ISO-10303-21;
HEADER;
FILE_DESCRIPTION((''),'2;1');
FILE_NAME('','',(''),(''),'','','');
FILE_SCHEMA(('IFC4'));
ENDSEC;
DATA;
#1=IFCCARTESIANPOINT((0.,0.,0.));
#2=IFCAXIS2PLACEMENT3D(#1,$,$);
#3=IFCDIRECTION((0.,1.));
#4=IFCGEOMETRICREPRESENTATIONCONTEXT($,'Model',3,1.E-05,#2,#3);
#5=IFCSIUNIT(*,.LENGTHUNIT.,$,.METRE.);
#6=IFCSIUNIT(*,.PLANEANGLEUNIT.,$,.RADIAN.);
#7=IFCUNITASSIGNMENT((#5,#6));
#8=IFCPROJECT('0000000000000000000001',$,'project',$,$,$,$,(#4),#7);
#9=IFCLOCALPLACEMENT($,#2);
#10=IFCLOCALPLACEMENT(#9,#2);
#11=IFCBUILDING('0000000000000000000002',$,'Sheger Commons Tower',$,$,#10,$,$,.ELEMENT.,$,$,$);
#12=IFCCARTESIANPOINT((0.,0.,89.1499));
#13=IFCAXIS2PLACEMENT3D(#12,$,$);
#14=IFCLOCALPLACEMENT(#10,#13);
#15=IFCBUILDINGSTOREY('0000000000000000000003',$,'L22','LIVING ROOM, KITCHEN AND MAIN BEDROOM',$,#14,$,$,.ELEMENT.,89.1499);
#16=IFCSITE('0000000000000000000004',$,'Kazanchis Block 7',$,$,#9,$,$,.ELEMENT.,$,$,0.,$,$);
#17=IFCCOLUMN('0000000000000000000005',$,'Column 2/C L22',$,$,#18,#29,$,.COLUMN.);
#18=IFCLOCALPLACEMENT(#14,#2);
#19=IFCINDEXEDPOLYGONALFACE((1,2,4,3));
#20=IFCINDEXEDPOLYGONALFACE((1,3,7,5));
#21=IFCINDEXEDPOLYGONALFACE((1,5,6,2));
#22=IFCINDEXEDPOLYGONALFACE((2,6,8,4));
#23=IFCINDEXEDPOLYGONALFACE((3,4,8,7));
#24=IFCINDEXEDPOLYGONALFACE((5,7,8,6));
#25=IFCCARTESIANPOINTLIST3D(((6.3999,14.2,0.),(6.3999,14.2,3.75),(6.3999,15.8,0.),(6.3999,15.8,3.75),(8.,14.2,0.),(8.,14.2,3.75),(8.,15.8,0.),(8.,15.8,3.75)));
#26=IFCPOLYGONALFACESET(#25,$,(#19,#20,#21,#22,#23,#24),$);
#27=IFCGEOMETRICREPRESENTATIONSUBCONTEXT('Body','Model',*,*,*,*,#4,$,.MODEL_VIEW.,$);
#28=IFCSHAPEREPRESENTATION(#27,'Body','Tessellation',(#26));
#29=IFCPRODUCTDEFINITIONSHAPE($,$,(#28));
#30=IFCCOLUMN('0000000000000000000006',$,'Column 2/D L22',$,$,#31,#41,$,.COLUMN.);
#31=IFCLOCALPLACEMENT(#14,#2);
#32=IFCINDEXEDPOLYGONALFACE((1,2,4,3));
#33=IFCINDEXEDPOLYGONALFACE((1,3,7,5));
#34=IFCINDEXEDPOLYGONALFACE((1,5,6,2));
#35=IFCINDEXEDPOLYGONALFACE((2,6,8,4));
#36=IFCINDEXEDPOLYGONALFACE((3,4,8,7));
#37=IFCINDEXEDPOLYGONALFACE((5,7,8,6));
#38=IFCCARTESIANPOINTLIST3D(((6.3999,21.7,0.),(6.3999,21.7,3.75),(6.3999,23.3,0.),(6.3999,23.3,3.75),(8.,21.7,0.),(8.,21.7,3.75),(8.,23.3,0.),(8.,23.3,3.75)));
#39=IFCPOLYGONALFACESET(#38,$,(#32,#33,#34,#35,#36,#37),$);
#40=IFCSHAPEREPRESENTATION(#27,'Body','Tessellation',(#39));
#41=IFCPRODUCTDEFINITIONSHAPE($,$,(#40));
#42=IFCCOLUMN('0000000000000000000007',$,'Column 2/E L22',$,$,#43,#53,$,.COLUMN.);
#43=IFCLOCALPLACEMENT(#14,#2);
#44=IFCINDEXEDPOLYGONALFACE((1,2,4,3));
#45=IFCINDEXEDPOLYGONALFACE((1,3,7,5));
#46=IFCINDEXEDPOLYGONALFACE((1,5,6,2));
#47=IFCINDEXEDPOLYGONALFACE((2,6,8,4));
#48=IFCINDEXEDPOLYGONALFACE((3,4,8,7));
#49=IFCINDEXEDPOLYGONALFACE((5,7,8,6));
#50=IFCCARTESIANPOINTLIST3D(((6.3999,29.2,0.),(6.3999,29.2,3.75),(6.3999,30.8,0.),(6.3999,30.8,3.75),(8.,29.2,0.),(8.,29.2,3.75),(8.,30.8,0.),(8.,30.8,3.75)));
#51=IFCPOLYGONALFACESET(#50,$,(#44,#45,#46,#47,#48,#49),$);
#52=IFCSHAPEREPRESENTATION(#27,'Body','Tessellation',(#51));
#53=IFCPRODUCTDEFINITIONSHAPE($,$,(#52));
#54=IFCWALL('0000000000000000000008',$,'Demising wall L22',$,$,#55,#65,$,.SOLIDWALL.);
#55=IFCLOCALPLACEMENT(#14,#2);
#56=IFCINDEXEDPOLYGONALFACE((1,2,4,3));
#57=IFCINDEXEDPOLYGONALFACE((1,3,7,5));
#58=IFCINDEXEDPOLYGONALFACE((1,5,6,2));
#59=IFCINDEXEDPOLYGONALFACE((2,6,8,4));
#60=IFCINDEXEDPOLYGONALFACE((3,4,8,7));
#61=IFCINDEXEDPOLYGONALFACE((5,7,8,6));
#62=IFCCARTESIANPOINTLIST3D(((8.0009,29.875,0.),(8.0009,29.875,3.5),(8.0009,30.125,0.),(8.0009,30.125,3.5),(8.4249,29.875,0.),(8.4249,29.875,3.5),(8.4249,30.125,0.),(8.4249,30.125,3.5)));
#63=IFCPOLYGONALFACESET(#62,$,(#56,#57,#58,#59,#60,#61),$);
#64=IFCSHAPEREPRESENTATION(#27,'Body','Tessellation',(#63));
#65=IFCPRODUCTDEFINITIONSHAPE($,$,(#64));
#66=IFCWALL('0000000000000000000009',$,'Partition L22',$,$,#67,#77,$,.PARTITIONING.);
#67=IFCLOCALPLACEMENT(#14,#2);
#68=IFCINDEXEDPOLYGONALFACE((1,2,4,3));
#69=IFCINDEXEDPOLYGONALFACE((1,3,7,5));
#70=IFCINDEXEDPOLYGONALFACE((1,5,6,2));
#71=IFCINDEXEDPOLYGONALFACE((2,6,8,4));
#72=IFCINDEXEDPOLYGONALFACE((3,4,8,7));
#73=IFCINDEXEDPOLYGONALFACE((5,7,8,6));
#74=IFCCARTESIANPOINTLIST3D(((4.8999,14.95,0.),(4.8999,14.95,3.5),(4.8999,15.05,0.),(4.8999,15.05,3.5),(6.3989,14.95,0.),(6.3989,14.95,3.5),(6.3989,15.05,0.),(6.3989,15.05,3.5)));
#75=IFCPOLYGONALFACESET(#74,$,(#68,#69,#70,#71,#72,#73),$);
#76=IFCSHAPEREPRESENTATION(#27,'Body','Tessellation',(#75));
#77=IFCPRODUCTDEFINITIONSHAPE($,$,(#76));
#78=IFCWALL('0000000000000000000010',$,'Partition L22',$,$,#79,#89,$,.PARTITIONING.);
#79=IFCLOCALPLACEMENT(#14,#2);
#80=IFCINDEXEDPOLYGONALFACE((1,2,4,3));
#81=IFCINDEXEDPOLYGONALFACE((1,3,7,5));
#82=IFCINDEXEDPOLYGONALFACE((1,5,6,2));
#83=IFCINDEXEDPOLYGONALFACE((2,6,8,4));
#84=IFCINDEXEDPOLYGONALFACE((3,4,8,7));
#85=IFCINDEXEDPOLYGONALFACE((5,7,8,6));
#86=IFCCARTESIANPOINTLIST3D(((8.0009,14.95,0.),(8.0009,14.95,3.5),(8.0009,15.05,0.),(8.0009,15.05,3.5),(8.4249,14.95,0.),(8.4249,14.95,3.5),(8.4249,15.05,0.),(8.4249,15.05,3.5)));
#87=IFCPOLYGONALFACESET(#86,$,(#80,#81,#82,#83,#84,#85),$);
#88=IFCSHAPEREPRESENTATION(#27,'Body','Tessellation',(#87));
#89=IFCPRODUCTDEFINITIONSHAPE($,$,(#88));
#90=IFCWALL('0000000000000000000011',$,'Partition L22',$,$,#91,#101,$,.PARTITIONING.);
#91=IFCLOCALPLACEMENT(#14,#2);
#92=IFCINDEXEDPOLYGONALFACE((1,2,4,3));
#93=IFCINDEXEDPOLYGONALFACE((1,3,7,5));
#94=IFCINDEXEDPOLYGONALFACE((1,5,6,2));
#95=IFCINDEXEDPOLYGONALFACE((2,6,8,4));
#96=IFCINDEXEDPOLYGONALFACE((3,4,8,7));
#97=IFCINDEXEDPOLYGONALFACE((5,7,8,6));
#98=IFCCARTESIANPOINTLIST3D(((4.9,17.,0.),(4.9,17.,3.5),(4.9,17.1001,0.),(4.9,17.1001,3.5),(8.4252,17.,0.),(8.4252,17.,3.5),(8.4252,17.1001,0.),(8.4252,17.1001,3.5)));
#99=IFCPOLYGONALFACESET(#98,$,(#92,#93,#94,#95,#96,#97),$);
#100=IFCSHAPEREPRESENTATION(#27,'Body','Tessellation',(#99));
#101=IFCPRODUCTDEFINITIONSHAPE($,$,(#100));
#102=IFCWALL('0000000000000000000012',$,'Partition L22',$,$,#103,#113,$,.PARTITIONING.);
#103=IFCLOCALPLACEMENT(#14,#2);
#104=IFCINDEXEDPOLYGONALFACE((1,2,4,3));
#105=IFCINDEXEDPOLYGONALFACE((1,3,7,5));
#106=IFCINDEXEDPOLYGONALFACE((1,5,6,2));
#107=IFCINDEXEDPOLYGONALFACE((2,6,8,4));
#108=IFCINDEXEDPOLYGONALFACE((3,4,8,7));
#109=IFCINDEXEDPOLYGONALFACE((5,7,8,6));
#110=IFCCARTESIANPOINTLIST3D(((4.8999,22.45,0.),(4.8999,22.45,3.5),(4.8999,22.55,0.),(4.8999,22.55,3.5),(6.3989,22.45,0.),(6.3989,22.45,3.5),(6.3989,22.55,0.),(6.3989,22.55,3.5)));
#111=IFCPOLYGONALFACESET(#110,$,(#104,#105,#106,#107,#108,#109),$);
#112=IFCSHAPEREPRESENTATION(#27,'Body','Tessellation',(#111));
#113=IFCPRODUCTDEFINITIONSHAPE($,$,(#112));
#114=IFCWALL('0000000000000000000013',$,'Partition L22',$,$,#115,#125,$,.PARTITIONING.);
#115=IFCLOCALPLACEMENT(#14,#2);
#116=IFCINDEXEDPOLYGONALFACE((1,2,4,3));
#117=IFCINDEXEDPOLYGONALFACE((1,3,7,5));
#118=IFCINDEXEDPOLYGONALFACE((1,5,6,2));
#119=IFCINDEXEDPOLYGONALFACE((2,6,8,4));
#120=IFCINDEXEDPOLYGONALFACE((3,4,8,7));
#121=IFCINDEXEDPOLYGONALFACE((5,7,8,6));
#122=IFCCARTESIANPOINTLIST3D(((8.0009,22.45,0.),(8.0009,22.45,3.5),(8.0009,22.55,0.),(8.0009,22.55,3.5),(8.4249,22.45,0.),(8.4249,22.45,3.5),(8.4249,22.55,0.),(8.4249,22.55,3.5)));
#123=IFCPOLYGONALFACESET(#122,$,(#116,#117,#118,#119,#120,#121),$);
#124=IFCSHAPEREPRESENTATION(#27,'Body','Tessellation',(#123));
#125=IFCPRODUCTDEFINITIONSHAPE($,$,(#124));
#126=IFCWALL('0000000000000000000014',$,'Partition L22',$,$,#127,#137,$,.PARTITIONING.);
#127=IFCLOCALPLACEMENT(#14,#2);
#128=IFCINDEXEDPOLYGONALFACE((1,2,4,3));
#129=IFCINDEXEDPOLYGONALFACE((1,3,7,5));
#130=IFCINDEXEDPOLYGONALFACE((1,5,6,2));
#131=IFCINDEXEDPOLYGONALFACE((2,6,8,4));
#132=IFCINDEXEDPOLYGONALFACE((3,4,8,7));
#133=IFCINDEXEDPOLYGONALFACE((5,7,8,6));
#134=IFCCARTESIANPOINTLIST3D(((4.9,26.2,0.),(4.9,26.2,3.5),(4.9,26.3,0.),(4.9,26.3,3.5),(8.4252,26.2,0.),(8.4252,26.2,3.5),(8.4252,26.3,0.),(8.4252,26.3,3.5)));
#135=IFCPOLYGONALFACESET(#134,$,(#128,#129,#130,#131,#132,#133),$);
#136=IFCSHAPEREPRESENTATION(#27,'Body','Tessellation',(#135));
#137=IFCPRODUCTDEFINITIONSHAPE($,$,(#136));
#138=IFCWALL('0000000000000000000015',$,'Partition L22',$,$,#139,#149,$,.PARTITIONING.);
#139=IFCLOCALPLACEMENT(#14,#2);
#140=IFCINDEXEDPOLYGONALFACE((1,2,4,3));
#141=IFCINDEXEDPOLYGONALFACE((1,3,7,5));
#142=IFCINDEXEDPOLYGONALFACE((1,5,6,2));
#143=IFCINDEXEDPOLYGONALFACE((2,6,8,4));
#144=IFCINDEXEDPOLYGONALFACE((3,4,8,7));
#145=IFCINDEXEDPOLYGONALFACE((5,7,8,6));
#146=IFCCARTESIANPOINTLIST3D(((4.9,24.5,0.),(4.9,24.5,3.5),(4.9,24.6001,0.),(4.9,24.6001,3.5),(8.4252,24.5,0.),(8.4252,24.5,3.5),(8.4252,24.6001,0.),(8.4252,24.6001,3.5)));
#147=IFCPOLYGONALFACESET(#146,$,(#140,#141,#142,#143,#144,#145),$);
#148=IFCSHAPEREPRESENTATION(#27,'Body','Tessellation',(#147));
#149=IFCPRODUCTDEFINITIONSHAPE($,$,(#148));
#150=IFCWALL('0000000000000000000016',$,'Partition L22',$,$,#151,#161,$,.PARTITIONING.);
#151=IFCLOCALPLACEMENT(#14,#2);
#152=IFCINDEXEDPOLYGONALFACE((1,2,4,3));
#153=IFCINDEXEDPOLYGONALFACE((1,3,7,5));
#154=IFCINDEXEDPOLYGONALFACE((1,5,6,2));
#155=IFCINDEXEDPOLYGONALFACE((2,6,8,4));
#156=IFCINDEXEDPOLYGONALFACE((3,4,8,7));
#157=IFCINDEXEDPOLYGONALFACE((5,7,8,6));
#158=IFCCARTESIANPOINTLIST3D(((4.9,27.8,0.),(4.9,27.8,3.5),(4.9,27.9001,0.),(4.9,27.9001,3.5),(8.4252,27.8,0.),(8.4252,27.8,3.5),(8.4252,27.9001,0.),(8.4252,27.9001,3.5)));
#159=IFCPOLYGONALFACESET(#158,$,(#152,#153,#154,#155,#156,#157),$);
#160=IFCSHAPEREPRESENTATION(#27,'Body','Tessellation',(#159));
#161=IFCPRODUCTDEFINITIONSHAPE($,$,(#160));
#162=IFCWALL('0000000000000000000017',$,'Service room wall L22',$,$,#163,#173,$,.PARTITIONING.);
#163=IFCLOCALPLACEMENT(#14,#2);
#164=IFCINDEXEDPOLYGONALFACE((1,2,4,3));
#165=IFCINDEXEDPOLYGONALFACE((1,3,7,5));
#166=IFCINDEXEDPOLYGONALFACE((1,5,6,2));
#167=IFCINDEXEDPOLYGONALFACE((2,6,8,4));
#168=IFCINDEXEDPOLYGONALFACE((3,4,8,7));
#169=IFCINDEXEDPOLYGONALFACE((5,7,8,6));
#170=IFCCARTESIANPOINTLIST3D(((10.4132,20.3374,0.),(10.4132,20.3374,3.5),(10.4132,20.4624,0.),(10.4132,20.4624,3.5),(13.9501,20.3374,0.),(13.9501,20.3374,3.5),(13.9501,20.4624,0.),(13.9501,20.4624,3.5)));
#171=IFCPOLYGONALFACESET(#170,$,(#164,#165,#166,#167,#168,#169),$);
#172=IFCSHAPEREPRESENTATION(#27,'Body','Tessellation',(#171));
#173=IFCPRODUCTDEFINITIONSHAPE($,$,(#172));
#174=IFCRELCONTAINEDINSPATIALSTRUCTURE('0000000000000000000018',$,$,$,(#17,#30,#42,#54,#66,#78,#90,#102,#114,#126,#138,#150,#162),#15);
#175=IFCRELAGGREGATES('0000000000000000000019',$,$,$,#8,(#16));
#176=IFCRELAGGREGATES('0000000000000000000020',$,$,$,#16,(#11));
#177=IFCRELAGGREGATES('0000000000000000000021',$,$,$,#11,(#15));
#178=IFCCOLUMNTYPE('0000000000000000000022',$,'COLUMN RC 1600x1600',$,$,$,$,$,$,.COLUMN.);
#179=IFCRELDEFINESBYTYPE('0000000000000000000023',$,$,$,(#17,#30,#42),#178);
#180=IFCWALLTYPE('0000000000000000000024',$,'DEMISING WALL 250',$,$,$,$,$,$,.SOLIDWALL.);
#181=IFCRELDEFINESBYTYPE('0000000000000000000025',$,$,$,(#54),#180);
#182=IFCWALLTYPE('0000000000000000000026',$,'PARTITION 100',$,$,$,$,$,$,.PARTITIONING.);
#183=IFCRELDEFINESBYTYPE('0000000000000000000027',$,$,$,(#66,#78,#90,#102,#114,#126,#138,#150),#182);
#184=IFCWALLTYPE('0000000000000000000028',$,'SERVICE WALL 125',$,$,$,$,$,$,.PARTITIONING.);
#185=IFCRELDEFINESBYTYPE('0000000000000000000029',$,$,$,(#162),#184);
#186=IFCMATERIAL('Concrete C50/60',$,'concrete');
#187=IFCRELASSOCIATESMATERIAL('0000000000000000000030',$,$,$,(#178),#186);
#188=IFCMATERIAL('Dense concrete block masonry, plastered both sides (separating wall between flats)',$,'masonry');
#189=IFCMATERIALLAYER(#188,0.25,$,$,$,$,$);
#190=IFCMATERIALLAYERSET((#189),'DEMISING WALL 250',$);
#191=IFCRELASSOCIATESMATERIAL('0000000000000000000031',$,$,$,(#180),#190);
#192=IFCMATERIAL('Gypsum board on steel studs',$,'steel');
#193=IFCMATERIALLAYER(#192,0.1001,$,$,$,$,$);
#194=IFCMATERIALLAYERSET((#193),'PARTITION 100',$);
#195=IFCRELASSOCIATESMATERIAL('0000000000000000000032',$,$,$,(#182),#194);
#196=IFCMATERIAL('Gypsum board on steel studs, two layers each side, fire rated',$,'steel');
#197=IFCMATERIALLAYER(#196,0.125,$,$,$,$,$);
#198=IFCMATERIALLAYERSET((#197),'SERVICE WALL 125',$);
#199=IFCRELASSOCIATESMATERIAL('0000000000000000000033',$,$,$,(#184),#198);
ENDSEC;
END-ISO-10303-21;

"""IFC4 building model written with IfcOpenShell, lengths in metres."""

from ifc_helpers import new_model, si_unit, direction, frame, frame_2d, origin, origin_2d, place, context, subcontext, project, spatial, rectangle, extrude, material, layer, layer_set, material_profile, profile_set, type_object, element, save


model = new_model("IFC4")

# Units and contexts
model_context = context("Model", 3, precision=1e-05, world=origin(), true_north=direction((0.0, 1.0)))
body_context = subcontext(model_context, "Body", "Model", "MODEL_VIEW")
ifc_project = project(units=[si_unit("LENGTHUNIT", "METRE"), si_unit("PLANEANGLEUNIT", "RADIAN")], contexts=[model_context])

# Site, building, storey
site_placement = place(None, origin())
site = spatial("IfcSite", under=ifc_project, at=site_placement, Name="Kazanchis Block 7", CompositionType="ELEMENT", RefElevation=0.0)
building_placement = place(site_placement, origin())
building = spatial("IfcBuilding", under=site, at=building_placement, Name="Sheger Commons Tower", CompositionType="ELEMENT")
storey_placement = place(building_placement, frame((0.0, 0.0, 89.1499)))
storey = spatial("IfcBuildingStorey", under=building, at=storey_placement, Name="L22", Description="LIVING ROOM, KITCHEN AND MAIN BEDROOM", CompositionType="ELEMENT", Elevation=89.1499)

# Columns
ifc_material_1 = material(Name="Concrete C50/60", Category="concrete")
ifc_material_profile = material_profile(ifc_material_1, rectangle(XDim=1.6001, YDim=1.6001, at=origin_2d()), Name="RC 1600x1600")
ifc_profile_set = profile_set([ifc_material_profile], Name="Concrete C50/60")
column_type = type_object("IfcColumnType", Name="COLUMN RC 1600x1600", PredefinedType="COLUMN", material=ifc_profile_set)
for number, where, z_axis, x_axis, name in (
    (1, (7.2, 15.0, 0.0), (0.0, 0.0, 1.0), (1.0, 0.0, 0.0), "Column 2/C L22"),
    (2, (7.2, 22.5, 0.0), (0.0, 0.0, 1.0), (1.0, 0.0, 0.0), "Column 2/D L22"),
    (3, (7.2, 30.0, 0.0), (0.0, 0.0, 1.0), (1.0, 0.0, 0.0), "Column 2/E L22"),
):
    element("IfcColumn", number, at=place(storey_placement, frame(where, z_axis=z_axis, x_axis=x_axis)), inside=storey, type_object=column_type, Name=name, PredefinedType="COLUMN", context=body_context, shape_type="SweptSolid", body=[
        extrude(rectangle(XDim=1.6001, YDim=1.6001, at=origin_2d()), origin(), (0.0, 0.0, 1.0), 3.75),
    ])

# Walls
ifc_material_2 = material(Name="Dense concrete block masonry, plastered both sides (separating wall between flats)", Category="masonry")
ifc_layer_1 = layer(ifc_material_2, 0.25)
ifc_layer_set_1 = layer_set([ifc_layer_1], Name="DEMISING WALL 250")
wall_type_1 = type_object("IfcWallType", Name="DEMISING WALL 250", PredefinedType="SOLIDWALL", material=ifc_layer_set_1)
wall_1_placement = place(storey_placement, frame((8.001, 30.0, 0.0), z_axis=(0.0, 0.0, 1.0), x_axis=(1.0, 0.0, 0.0)))
element("IfcWall", 4, at=wall_1_placement, inside=storey, type_object=wall_type_1, Name="Demising wall L22", PredefinedType="SOLIDWALL", context=body_context, shape_type="SweptSolid", body=[
    extrude(rectangle(XDim=0.4241, YDim=0.25, at=frame_2d((0.2119, 0.0))), origin(), (0.0, 0.0, 1.0), 3.5),
])
ifc_material_3 = material(Name="Gypsum board on steel studs", Category="steel")
ifc_layer_2 = layer(ifc_material_3, 0.1001)
ifc_layer_set_2 = layer_set([ifc_layer_2], Name="PARTITION 100")
wall_type_2 = type_object("IfcWallType", Name="PARTITION 100", PredefinedType="PARTITIONING", material=ifc_layer_set_2)
wall_2_placement = place(storey_placement, frame((4.8999, 15.0, 0.0), z_axis=(0.0, 0.0, 1.0), x_axis=(1.0, 0.0, 0.0)))
element("IfcWall", 5, at=wall_2_placement, inside=storey, type_object=wall_type_2, Name="Partition L22", PredefinedType="PARTITIONING", context=body_context, shape_type="SweptSolid", body=[
    extrude(rectangle(XDim=1.499, YDim=0.1001, at=frame_2d((0.7495, 0.0))), origin(), (0.0, 0.0, 1.0), 3.5),
])
wall_3_placement = place(storey_placement, frame((8.001, 15.0, 0.0), z_axis=(0.0, 0.0, 1.0), x_axis=(1.0, 0.0, 0.0)))
element("IfcWall", 6, at=wall_3_placement, inside=storey, type_object=wall_type_2, Name="Partition L22", PredefinedType="PARTITIONING", context=body_context, shape_type="SweptSolid", body=[
    extrude(rectangle(XDim=0.4241, YDim=0.1001, at=frame_2d((0.2119, 0.0))), origin(), (0.0, 0.0, 1.0), 3.5),
])
wall_4_placement = place(storey_placement, frame((4.8999, 17.05, 0.0), z_axis=(0.0, 0.0, 1.0), x_axis=(1.0, 0.0, 0.0)))
element("IfcWall", 7, at=wall_4_placement, inside=storey, type_object=wall_type_2, Name="Partition L22", PredefinedType="PARTITIONING", context=body_context, shape_type="SweptSolid", body=[
    extrude(rectangle(XDim=3.5251, YDim=0.1001, at=frame_2d((1.7627, 0.0))), origin(), (0.0, 0.0, 1.0), 3.5),
])
wall_5_placement = place(storey_placement, frame((4.8999, 22.5, 0.0), z_axis=(0.0, 0.0, 1.0), x_axis=(1.0, 0.0, 0.0)))
element("IfcWall", 8, at=wall_5_placement, inside=storey, type_object=wall_type_2, Name="Partition L22", PredefinedType="PARTITIONING", context=body_context, shape_type="SweptSolid", body=[
    extrude(rectangle(XDim=1.499, YDim=0.1001, at=frame_2d((0.7495, 0.0))), origin(), (0.0, 0.0, 1.0), 3.5),
])
wall_6_placement = place(storey_placement, frame((8.001, 22.5, 0.0), z_axis=(0.0, 0.0, 1.0), x_axis=(1.0, 0.0, 0.0)))
element("IfcWall", 9, at=wall_6_placement, inside=storey, type_object=wall_type_2, Name="Partition L22", PredefinedType="PARTITIONING", context=body_context, shape_type="SweptSolid", body=[
    extrude(rectangle(XDim=0.4241, YDim=0.1001, at=frame_2d((0.2119, 0.0))), origin(), (0.0, 0.0, 1.0), 3.5),
])
for number, where, z_axis, x_axis, name in (
    (10, (4.8999, 26.25, 0.0), (0.0, 0.0, 1.0), (1.0, 0.0, 0.0), "Partition L22"),
    (11, (4.8999, 24.55, 0.0), (0.0, 0.0, 1.0), (1.0, 0.0, 0.0), "Partition L22"),
    (12, (4.8999, 27.8501, 0.0), (0.0, 0.0, 1.0), (1.0, 0.0, 0.0), "Partition L22"),
):
    element("IfcWall", number, at=place(storey_placement, frame(where, z_axis=z_axis, x_axis=x_axis)), inside=storey, type_object=wall_type_2, Name=name, PredefinedType="PARTITIONING", context=body_context, shape_type="SweptSolid", body=[
        extrude(rectangle(XDim=3.5251, YDim=0.1001, at=frame_2d((1.7627, 0.0))), origin(), (0.0, 0.0, 1.0), 3.5),
    ])
ifc_material_4 = material(Name="Gypsum board on steel studs, two layers each side, fire rated", Category="steel")
ifc_layer_3 = layer(ifc_material_4, 0.125)
ifc_layer_set_3 = layer_set([ifc_layer_3], Name="SERVICE WALL 125")
wall_type_3 = type_object("IfcWallType", Name="SERVICE WALL 125", PredefinedType="PARTITIONING", material=ifc_layer_set_3)
wall_7_placement = place(storey_placement, frame((10.4131, 20.3999, 0.0), z_axis=(0.0, 0.0, 1.0), x_axis=(1.0, 0.0, 0.0)))
element("IfcWall", 13, at=wall_7_placement, inside=storey, type_object=wall_type_3, Name="Service room wall L22", PredefinedType="PARTITIONING", context=body_context, shape_type="SweptSolid", body=[
    extrude(rectangle(XDim=3.5369, YDim=0.125, at=frame_2d((1.7686, 0.0))), origin(), (0.0, 0.0, 1.0), 3.5),
])

save(model, "model.ifc")
